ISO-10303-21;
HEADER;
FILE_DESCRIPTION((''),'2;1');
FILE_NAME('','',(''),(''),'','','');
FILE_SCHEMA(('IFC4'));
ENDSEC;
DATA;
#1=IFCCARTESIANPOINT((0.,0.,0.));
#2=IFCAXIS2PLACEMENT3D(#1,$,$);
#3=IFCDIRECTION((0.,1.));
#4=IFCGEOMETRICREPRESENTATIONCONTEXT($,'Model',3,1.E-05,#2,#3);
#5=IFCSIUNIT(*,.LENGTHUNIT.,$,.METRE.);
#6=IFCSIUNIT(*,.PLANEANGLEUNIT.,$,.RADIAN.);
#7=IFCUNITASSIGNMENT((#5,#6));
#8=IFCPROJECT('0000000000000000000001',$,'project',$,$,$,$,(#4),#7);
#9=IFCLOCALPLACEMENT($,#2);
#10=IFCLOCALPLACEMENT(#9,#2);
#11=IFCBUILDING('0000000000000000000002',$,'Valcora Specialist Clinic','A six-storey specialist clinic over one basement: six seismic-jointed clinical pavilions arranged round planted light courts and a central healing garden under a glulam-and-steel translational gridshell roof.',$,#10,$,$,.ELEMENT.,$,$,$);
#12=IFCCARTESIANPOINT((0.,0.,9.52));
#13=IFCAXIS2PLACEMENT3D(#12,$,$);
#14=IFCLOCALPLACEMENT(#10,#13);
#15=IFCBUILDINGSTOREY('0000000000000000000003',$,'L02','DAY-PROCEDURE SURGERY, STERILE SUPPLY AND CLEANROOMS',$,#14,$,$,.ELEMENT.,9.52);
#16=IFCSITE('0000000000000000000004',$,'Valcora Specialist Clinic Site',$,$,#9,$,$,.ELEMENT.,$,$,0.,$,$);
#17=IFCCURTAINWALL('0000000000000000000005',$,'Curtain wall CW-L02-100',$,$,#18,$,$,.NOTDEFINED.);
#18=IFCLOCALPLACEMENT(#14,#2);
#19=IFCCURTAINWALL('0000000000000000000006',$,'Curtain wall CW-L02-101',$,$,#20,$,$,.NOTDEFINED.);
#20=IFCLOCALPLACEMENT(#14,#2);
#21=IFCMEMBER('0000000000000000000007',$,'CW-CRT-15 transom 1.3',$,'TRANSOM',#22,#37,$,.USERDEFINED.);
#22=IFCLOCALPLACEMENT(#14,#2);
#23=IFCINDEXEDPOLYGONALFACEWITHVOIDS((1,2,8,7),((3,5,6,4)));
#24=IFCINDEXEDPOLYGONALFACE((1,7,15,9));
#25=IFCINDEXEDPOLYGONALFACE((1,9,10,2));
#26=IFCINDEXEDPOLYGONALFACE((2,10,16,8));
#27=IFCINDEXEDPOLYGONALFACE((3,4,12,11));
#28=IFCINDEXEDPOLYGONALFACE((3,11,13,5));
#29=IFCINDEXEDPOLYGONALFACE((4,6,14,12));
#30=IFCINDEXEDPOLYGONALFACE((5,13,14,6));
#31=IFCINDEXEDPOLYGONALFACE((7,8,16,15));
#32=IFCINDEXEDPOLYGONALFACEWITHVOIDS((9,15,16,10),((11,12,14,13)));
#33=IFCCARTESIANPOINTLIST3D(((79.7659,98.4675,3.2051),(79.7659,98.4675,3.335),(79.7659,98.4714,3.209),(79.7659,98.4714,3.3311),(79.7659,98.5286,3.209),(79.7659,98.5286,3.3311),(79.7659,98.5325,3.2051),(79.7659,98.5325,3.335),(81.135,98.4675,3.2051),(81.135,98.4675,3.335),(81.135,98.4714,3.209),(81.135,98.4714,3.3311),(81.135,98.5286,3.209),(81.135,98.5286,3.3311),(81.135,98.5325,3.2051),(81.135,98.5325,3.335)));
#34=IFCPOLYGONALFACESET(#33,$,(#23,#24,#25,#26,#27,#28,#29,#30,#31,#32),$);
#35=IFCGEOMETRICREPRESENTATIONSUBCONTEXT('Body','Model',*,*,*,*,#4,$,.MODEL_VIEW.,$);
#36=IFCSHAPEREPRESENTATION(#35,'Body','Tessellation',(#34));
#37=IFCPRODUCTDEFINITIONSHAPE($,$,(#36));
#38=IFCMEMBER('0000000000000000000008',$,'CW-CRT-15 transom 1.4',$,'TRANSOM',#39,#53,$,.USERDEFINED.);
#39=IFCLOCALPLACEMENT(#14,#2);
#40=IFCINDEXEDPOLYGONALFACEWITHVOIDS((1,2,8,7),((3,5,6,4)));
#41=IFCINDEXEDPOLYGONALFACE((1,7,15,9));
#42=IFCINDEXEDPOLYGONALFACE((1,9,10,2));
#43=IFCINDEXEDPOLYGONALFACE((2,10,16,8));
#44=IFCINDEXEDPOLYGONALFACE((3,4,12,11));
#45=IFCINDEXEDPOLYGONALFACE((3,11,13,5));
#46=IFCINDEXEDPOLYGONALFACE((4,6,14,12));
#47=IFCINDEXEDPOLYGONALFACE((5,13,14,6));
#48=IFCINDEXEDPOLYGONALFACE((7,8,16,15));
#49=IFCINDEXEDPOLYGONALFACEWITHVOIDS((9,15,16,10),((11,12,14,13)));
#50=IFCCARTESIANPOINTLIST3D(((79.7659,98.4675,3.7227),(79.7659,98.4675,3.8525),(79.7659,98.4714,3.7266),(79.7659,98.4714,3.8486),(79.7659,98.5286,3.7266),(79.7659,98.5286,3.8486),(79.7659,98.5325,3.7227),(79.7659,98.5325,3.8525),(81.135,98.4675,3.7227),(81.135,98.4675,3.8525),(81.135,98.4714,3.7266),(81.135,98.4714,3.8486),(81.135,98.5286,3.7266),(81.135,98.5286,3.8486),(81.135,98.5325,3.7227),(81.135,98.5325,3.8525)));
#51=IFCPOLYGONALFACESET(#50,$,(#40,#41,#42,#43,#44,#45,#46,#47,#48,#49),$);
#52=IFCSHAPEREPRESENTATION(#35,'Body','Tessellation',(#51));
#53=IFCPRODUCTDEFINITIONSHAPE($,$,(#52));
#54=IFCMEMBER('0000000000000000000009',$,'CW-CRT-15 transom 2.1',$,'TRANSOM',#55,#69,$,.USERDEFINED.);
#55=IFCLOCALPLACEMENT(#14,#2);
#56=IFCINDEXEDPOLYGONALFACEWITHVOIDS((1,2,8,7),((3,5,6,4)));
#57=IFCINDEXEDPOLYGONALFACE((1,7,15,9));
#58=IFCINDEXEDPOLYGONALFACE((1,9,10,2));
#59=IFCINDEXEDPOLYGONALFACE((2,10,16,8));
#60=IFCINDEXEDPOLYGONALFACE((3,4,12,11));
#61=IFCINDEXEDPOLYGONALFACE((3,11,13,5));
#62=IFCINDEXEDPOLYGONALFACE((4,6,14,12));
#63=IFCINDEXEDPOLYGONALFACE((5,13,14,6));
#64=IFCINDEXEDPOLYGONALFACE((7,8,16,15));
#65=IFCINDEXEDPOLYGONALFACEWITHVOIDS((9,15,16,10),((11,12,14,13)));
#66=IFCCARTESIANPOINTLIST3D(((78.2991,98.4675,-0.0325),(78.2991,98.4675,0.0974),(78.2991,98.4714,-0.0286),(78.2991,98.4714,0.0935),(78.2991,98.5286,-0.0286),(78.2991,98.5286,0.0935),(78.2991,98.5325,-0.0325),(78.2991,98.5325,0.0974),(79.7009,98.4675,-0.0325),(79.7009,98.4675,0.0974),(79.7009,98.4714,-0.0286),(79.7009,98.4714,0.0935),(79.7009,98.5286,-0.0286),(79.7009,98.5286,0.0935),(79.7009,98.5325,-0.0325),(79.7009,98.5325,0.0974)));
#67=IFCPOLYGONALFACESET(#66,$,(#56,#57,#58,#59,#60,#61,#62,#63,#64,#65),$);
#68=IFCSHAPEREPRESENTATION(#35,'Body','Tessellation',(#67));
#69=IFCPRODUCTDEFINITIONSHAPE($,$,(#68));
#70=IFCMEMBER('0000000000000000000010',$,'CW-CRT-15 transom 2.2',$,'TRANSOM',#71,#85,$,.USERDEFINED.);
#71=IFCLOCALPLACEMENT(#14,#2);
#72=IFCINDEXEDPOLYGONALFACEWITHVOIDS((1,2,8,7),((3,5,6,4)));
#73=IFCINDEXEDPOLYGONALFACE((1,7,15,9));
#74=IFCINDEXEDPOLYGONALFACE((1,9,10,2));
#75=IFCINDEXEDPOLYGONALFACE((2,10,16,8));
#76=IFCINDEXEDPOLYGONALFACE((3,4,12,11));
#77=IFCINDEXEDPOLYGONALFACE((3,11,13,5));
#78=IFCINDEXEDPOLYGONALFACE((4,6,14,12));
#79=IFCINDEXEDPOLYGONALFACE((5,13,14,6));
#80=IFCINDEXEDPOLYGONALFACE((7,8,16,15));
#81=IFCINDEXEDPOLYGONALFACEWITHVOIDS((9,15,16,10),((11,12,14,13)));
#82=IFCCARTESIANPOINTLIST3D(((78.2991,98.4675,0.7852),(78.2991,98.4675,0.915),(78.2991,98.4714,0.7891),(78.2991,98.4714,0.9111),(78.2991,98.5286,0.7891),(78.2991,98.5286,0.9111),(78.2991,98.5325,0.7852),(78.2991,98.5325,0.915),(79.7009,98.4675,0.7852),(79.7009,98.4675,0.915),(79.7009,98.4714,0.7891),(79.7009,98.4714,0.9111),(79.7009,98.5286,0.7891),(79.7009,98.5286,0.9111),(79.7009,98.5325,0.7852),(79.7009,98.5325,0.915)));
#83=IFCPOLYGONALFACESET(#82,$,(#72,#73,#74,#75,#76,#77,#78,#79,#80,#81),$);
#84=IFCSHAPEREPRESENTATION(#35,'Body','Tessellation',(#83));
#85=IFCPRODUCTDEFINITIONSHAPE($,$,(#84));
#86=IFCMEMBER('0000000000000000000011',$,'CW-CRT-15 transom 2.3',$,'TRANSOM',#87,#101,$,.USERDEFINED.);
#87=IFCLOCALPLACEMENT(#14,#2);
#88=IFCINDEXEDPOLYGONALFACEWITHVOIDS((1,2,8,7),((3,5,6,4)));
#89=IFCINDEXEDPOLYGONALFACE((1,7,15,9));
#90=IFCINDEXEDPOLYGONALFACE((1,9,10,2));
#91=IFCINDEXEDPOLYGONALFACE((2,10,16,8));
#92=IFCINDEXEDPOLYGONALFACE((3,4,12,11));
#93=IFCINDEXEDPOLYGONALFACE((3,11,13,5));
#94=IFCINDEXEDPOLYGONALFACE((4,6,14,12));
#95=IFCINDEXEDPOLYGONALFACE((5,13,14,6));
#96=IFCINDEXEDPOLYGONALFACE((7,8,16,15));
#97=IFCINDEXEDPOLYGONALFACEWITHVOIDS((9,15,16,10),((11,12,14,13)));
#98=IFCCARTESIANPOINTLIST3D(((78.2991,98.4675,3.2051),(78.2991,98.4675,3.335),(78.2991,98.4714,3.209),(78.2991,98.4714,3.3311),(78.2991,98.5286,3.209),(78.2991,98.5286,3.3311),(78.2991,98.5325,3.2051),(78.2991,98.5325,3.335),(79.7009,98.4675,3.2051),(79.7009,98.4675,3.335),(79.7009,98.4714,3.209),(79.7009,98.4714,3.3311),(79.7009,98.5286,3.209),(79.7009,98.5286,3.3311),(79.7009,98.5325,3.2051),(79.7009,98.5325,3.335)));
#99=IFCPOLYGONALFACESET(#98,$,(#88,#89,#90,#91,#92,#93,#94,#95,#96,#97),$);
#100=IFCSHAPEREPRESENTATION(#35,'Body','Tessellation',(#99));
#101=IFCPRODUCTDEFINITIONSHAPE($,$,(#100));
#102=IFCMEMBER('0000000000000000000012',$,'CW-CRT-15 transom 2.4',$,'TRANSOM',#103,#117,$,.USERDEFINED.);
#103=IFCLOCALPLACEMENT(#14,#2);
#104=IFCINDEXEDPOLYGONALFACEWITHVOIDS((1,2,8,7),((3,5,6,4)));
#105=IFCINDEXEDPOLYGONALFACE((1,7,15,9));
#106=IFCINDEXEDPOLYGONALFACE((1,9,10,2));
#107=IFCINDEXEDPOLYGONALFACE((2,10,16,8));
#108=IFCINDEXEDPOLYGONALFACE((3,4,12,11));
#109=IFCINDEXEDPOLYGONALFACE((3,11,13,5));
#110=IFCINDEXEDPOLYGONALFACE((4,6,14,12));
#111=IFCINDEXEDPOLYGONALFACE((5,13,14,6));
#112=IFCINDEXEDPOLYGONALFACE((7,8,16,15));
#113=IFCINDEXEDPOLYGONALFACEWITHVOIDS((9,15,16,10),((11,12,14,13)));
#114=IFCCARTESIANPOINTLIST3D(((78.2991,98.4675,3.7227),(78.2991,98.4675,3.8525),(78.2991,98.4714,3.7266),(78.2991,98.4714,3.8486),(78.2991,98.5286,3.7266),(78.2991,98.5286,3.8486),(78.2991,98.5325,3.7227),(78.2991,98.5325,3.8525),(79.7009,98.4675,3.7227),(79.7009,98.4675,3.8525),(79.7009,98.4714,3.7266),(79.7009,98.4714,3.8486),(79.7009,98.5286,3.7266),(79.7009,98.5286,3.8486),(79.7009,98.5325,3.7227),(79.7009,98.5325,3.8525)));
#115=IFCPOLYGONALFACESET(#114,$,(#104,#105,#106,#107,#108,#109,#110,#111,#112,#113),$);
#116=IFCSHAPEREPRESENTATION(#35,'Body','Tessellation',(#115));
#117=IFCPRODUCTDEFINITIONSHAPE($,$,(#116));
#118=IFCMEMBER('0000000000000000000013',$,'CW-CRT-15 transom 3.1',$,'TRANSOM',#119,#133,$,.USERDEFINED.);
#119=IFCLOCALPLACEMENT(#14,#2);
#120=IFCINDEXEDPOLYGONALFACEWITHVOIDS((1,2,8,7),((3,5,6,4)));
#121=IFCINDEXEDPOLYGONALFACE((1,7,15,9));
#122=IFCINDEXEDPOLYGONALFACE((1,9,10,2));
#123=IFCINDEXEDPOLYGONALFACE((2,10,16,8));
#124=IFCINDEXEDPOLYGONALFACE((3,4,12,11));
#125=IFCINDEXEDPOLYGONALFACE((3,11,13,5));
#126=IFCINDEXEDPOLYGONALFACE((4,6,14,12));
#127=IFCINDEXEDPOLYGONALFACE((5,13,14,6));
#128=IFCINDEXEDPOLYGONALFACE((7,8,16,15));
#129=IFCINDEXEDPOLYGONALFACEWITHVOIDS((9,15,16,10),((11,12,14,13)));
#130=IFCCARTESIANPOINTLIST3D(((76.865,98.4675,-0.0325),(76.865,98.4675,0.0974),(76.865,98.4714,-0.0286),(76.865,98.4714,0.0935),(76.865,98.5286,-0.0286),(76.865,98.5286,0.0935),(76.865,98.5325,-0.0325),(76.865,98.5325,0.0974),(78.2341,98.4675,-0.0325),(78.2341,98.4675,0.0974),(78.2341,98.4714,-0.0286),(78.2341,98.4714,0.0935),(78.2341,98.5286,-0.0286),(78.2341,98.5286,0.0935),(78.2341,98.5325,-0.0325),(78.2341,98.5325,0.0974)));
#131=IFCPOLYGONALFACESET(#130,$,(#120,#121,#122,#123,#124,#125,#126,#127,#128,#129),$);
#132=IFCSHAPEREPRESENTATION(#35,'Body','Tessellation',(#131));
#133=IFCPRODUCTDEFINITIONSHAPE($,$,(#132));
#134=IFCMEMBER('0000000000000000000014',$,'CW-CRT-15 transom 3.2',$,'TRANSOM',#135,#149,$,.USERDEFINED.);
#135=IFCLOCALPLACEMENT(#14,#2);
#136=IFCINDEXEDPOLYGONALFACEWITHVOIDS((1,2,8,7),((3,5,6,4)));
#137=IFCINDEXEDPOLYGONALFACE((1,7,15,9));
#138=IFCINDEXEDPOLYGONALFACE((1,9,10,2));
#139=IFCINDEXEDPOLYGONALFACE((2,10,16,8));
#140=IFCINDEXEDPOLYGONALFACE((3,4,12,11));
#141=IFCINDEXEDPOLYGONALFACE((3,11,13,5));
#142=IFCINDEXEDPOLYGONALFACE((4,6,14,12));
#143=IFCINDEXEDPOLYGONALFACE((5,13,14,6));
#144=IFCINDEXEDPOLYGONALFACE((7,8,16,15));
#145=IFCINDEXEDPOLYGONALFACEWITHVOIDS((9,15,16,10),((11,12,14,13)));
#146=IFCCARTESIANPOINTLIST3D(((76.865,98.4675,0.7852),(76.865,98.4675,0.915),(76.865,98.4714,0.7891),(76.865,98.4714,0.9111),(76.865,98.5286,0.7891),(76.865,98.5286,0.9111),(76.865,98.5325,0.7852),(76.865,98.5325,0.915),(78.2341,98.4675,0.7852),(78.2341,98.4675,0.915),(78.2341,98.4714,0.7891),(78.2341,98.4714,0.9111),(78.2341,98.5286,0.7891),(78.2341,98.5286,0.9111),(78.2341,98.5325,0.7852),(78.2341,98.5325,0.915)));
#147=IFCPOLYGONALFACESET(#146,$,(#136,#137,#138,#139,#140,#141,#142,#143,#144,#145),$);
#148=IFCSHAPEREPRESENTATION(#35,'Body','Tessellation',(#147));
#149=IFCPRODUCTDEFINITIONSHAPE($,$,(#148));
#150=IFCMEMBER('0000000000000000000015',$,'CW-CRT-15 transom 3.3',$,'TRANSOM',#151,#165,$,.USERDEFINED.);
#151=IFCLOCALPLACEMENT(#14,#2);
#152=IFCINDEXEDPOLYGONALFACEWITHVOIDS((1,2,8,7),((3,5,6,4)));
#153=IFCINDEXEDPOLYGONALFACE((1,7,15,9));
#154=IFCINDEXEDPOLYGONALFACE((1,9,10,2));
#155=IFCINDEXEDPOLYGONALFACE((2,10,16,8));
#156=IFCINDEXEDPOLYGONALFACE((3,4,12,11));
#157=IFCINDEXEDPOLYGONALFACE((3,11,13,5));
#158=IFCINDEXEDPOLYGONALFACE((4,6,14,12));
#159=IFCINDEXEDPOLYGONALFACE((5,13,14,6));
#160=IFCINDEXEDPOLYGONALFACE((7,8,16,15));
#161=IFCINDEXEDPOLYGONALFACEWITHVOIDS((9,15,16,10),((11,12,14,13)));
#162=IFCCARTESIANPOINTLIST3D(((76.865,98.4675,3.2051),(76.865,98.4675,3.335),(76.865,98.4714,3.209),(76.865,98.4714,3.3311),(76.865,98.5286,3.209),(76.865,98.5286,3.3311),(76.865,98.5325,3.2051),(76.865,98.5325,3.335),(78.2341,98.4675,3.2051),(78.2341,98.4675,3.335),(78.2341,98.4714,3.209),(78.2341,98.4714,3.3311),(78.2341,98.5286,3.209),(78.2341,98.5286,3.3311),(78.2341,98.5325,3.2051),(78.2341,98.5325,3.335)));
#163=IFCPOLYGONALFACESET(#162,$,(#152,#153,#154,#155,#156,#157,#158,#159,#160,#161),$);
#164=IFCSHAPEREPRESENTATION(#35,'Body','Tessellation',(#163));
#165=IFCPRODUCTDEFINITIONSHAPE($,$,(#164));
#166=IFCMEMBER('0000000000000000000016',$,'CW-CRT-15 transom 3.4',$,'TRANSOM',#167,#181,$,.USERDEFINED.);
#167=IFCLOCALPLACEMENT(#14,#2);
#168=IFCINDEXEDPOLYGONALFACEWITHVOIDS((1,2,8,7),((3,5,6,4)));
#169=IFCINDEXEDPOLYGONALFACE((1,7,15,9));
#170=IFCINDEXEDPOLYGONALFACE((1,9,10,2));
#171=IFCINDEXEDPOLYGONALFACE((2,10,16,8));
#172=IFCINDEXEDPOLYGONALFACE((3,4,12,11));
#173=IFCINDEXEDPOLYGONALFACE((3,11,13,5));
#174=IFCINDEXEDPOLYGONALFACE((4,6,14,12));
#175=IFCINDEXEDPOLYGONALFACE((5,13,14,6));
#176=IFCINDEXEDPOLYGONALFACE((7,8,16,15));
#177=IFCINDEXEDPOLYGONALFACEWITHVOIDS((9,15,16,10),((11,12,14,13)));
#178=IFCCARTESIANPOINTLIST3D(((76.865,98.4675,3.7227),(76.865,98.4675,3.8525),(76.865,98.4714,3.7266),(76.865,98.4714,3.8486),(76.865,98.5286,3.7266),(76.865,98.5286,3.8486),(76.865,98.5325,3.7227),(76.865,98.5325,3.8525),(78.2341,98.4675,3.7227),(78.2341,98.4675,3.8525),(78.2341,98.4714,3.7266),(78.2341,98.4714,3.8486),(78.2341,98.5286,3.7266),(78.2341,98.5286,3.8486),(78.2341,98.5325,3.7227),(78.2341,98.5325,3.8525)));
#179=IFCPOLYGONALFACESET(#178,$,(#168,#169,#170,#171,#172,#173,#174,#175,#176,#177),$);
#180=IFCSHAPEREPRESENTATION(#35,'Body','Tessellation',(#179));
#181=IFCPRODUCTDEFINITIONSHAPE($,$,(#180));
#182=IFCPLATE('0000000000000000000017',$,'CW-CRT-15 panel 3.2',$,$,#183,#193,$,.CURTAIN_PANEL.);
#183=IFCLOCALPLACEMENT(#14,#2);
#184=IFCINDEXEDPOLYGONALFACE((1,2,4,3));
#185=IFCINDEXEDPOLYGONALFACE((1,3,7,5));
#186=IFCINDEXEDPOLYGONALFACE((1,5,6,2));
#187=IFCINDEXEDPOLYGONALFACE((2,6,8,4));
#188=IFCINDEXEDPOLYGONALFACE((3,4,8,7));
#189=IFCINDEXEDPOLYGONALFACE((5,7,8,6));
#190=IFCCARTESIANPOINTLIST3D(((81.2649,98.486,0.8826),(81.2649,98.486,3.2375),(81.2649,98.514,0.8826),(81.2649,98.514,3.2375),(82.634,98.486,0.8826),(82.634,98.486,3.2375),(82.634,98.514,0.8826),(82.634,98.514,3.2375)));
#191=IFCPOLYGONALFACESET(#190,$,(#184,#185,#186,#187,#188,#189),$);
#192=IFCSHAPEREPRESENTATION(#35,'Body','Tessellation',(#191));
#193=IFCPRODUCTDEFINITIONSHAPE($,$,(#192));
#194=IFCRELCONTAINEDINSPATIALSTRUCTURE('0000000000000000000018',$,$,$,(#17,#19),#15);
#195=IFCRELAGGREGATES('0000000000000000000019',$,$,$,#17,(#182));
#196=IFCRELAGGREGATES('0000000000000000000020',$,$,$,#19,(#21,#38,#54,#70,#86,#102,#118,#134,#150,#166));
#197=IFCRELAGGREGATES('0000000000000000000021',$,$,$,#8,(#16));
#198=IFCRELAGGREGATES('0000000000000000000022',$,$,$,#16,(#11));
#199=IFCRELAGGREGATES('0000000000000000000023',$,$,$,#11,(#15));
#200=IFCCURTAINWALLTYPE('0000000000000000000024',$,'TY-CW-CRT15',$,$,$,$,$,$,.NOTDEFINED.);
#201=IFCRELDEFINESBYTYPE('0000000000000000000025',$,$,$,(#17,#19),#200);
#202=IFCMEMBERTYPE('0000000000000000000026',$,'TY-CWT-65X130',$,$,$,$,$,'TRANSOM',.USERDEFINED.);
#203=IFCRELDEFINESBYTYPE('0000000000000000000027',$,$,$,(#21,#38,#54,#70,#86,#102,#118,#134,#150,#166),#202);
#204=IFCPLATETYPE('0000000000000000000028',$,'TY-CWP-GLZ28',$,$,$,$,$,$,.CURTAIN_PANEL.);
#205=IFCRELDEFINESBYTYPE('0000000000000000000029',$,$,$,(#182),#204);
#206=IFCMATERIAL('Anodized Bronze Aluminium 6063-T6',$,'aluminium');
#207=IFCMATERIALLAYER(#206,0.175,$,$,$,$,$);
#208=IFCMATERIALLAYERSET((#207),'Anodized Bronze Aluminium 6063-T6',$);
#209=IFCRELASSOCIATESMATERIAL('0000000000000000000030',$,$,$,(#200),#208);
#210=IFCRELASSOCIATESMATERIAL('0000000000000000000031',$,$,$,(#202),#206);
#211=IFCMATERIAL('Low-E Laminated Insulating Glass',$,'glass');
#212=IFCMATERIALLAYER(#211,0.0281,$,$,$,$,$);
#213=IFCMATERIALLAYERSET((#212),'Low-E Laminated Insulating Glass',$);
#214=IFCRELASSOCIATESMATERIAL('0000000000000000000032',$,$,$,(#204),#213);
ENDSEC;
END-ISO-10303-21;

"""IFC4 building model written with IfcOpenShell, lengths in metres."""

from ifc_helpers import new_model, si_unit, direction, frame, origin, origin_2d, place, context, subcontext, project, spatial, rectangle, hollow_rectangle, extrude, material, layer, layer_set, material_profile, profile_set, type_object, element, aggregate, save


model = new_model("IFC4")

# Units and contexts
model_context = context("Model", 3, precision=1e-05, world=origin(), true_north=direction((0.0, 1.0)))
body_context = subcontext(model_context, "Body", "Model", "MODEL_VIEW")
ifc_project = project(units=[si_unit("LENGTHUNIT", "METRE"), si_unit("PLANEANGLEUNIT", "RADIAN")], contexts=[model_context])

# Site, building, storey
site_placement = place(None, origin())
site = spatial("IfcSite", under=ifc_project, at=site_placement, Name="Valcora Specialist Clinic Site", CompositionType="ELEMENT", RefElevation=0.0)
building_placement = place(site_placement, origin())
building = spatial("IfcBuilding", under=site, at=building_placement, Name="Valcora Specialist Clinic", Description="A six-storey specialist clinic over one basement: six seismic-jointed clinical pavilions arranged round planted light courts and a central healing garden under a glulam-and-steel translational gridshell roof.", CompositionType="ELEMENT")
storey_placement = place(building_placement, frame((0.0, 0.0, 9.52)))
storey = spatial("IfcBuildingStorey", under=building, at=storey_placement, Name="L02", Description="DAY-PROCEDURE SURGERY, STERILE SUPPLY AND CLEANROOMS", CompositionType="ELEMENT", Elevation=9.52)

# Curtain walls
ifc_material_1 = material(Name="Anodized Bronze Aluminium 6063-T6", Category="aluminium")
ifc_layer_1 = layer(ifc_material_1, 0.175)
ifc_layer_set_1 = layer_set([ifc_layer_1], Name="Anodized Bronze Aluminium 6063-T6")
curtain_wall_type = type_object("IfcCurtainWallType", Name="TY-CW-CRT15", PredefinedType="NOTDEFINED", material=ifc_layer_set_1)
curtain_wall_1_placement = place(storey_placement, origin())
curtain_wall_1 = element("IfcCurtainWall", 1, at=curtain_wall_1_placement, inside=storey, type_object=curtain_wall_type, Name="Curtain wall CW-L02-100", PredefinedType="NOTDEFINED")
curtain_wall_2_placement = place(storey_placement, origin())
curtain_wall_2 = element("IfcCurtainWall", 2, at=curtain_wall_2_placement, inside=storey, type_object=curtain_wall_type, Name="Curtain wall CW-L02-101", PredefinedType="NOTDEFINED")

# Members
ifc_material_profile_1 = material_profile(ifc_material_1, hollow_rectangle(XDim=0.0649, YDim=0.1299, WallThickness=0.0039, at=origin_2d()), Name="AL-TRN-65X130")
ifc_profile_set_1 = profile_set([ifc_material_profile_1], Name="Anodized Bronze Aluminium 6063-T6")
member_type_1 = type_object("IfcMemberType", Name="TY-CWT-65X130", ElementType="TRANSOM", PredefinedType="USERDEFINED", material=ifc_profile_set_1)
member_1_placement = place(storey_placement, frame((81.135, 98.5, 3.27), z_axis=(-1.0, 0.0, 0.0), x_axis=(0.0, -1.0, 0.0)))
member_1 = element("IfcMember", 3, at=member_1_placement, type_object=member_type_1, Name="CW-CRT-15 transom 1.3", ObjectType="TRANSOM", PredefinedType="USERDEFINED", context=body_context, shape_type="SweptSolid", body=[
    extrude(hollow_rectangle(XDim=0.0649, YDim=0.1299, WallThickness=0.0039, at=origin_2d()), origin(), (0.0, 0.0, 1.0), 1.3691),
])
member_2_placement = place(storey_placement, frame((81.135, 98.5, 3.7876), z_axis=(-1.0, 0.0, 0.0), x_axis=(0.0, -1.0, 0.0)))
member_2 = element("IfcMember", 4, at=member_2_placement, type_object=member_type_1, Name="CW-CRT-15 transom 1.4", ObjectType="TRANSOM", PredefinedType="USERDEFINED", context=body_context, shape_type="SweptSolid", body=[
    extrude(hollow_rectangle(XDim=0.0649, YDim=0.1299, WallThickness=0.0039, at=origin_2d()), origin(), (0.0, 0.0, 1.0), 1.3691),
])
member_3_placement = place(storey_placement, frame((79.7009, 98.5, 0.0325), z_axis=(-1.0, 0.0, 0.0), x_axis=(0.0, -1.0, 0.0)))
member_3 = element("IfcMember", 5, at=member_3_placement, type_object=member_type_1, Name="CW-CRT-15 transom 2.1", ObjectType="TRANSOM", PredefinedType="USERDEFINED", context=body_context, shape_type="SweptSolid", body=[
    extrude(hollow_rectangle(XDim=0.0649, YDim=0.1299, WallThickness=0.0039, at=origin_2d()), origin(), (0.0, 0.0, 1.0), 1.4019),
])
member_4_placement = place(storey_placement, frame((79.7009, 98.5, 0.8501), z_axis=(-1.0, 0.0, 0.0), x_axis=(0.0, -1.0, 0.0)))
member_4 = element("IfcMember", 6, at=member_4_placement, type_object=member_type_1, Name="CW-CRT-15 transom 2.2", ObjectType="TRANSOM", PredefinedType="USERDEFINED", context=body_context, shape_type="SweptSolid", body=[
    extrude(hollow_rectangle(XDim=0.0649, YDim=0.1299, WallThickness=0.0039, at=origin_2d()), origin(), (0.0, 0.0, 1.0), 1.4019),
])
member_5_placement = place(storey_placement, frame((79.7009, 98.5, 3.27), z_axis=(-1.0, 0.0, 0.0), x_axis=(0.0, -1.0, 0.0)))
member_5 = element("IfcMember", 7, at=member_5_placement, type_object=member_type_1, Name="CW-CRT-15 transom 2.3", ObjectType="TRANSOM", PredefinedType="USERDEFINED", context=body_context, shape_type="SweptSolid", body=[
    extrude(hollow_rectangle(XDim=0.0649, YDim=0.1299, WallThickness=0.0039, at=origin_2d()), origin(), (0.0, 0.0, 1.0), 1.4019),
])
member_6_placement = place(storey_placement, frame((79.7009, 98.5, 3.7876), z_axis=(-1.0, 0.0, 0.0), x_axis=(0.0, -1.0, 0.0)))
member_6 = element("IfcMember", 8, at=member_6_placement, type_object=member_type_1, Name="CW-CRT-15 transom 2.4", ObjectType="TRANSOM", PredefinedType="USERDEFINED", context=body_context, shape_type="SweptSolid", body=[
    extrude(hollow_rectangle(XDim=0.0649, YDim=0.1299, WallThickness=0.0039, at=origin_2d()), origin(), (0.0, 0.0, 1.0), 1.4019),
])
member_7_placement = place(storey_placement, frame((78.2341, 98.5, 0.0325), z_axis=(-1.0, 0.0, 0.0), x_axis=(0.0, -1.0, 0.0)))
member_7 = element("IfcMember", 9, at=member_7_placement, type_object=member_type_1, Name="CW-CRT-15 transom 3.1", ObjectType="TRANSOM", PredefinedType="USERDEFINED", context=body_context, shape_type="SweptSolid", body=[
    extrude(hollow_rectangle(XDim=0.0649, YDim=0.1299, WallThickness=0.0039, at=origin_2d()), origin(), (0.0, 0.0, 1.0), 1.3691),
])
member_8_placement = place(storey_placement, frame((78.2341, 98.5, 0.8501), z_axis=(-1.0, 0.0, 0.0), x_axis=(0.0, -1.0, 0.0)))
member_8 = element("IfcMember", 10, at=member_8_placement, type_object=member_type_1, Name="CW-CRT-15 transom 3.2", ObjectType="TRANSOM", PredefinedType="USERDEFINED", context=body_context, shape_type="SweptSolid", body=[
    extrude(hollow_rectangle(XDim=0.0649, YDim=0.1299, WallThickness=0.0039, at=origin_2d()), origin(), (0.0, 0.0, 1.0), 1.3691),
])
member_9_placement = place(storey_placement, frame((78.2341, 98.5, 3.27), z_axis=(-1.0, 0.0, 0.0), x_axis=(0.0, -1.0, 0.0)))
member_9 = element("IfcMember", 11, at=member_9_placement, type_object=member_type_1, Name="CW-CRT-15 transom 3.3", ObjectType="TRANSOM", PredefinedType="USERDEFINED", context=body_context, shape_type="SweptSolid", body=[
    extrude(hollow_rectangle(XDim=0.0649, YDim=0.1299, WallThickness=0.0039, at=origin_2d()), origin(), (0.0, 0.0, 1.0), 1.3691),
])
member_10_placement = place(storey_placement, frame((78.2341, 98.5, 3.7876), z_axis=(-1.0, 0.0, 0.0), x_axis=(0.0, -1.0, 0.0)))
member_10 = element("IfcMember", 12, at=member_10_placement, type_object=member_type_1, Name="CW-CRT-15 transom 3.4", ObjectType="TRANSOM", PredefinedType="USERDEFINED", context=body_context, shape_type="SweptSolid", body=[
    extrude(hollow_rectangle(XDim=0.0649, YDim=0.1299, WallThickness=0.0039, at=origin_2d()), origin(), (0.0, 0.0, 1.0), 1.3691),
])

# Plate
ifc_material_2 = material(Name="Low-E Laminated Insulating Glass", Category="glass")
ifc_layer_2 = layer(ifc_material_2, 0.0281)
ifc_layer_set_2 = layer_set([ifc_layer_2], Name="Low-E Laminated Insulating Glass")
plate_type_1 = type_object("IfcPlateType", Name="TY-CWP-GLZ28", PredefinedType="CURTAIN_PANEL", material=ifc_layer_set_2)
plate_1_placement = place(storey_placement, frame((81.9495, 98.5, 0.8826), z_axis=(0.0, 0.0, 1.0), x_axis=(-1.0, 0.0, 0.0)))
plate_1 = element("IfcPlate", 13, at=plate_1_placement, type_object=plate_type_1, Name="CW-CRT-15 panel 3.2", PredefinedType="CURTAIN_PANEL", context=body_context, shape_type="SweptSolid", body=[
    extrude(rectangle(XDim=1.3691, YDim=0.0281, at=origin_2d()), origin(), (0.0, 0.0, 1.0), 2.355),
])
aggregate(curtain_wall_1, [plate_1])
aggregate(curtain_wall_2, [member_1, member_2, member_3, member_4, member_5, member_6, member_7, member_8, member_9, member_10])

save(model, "model.ifc")
